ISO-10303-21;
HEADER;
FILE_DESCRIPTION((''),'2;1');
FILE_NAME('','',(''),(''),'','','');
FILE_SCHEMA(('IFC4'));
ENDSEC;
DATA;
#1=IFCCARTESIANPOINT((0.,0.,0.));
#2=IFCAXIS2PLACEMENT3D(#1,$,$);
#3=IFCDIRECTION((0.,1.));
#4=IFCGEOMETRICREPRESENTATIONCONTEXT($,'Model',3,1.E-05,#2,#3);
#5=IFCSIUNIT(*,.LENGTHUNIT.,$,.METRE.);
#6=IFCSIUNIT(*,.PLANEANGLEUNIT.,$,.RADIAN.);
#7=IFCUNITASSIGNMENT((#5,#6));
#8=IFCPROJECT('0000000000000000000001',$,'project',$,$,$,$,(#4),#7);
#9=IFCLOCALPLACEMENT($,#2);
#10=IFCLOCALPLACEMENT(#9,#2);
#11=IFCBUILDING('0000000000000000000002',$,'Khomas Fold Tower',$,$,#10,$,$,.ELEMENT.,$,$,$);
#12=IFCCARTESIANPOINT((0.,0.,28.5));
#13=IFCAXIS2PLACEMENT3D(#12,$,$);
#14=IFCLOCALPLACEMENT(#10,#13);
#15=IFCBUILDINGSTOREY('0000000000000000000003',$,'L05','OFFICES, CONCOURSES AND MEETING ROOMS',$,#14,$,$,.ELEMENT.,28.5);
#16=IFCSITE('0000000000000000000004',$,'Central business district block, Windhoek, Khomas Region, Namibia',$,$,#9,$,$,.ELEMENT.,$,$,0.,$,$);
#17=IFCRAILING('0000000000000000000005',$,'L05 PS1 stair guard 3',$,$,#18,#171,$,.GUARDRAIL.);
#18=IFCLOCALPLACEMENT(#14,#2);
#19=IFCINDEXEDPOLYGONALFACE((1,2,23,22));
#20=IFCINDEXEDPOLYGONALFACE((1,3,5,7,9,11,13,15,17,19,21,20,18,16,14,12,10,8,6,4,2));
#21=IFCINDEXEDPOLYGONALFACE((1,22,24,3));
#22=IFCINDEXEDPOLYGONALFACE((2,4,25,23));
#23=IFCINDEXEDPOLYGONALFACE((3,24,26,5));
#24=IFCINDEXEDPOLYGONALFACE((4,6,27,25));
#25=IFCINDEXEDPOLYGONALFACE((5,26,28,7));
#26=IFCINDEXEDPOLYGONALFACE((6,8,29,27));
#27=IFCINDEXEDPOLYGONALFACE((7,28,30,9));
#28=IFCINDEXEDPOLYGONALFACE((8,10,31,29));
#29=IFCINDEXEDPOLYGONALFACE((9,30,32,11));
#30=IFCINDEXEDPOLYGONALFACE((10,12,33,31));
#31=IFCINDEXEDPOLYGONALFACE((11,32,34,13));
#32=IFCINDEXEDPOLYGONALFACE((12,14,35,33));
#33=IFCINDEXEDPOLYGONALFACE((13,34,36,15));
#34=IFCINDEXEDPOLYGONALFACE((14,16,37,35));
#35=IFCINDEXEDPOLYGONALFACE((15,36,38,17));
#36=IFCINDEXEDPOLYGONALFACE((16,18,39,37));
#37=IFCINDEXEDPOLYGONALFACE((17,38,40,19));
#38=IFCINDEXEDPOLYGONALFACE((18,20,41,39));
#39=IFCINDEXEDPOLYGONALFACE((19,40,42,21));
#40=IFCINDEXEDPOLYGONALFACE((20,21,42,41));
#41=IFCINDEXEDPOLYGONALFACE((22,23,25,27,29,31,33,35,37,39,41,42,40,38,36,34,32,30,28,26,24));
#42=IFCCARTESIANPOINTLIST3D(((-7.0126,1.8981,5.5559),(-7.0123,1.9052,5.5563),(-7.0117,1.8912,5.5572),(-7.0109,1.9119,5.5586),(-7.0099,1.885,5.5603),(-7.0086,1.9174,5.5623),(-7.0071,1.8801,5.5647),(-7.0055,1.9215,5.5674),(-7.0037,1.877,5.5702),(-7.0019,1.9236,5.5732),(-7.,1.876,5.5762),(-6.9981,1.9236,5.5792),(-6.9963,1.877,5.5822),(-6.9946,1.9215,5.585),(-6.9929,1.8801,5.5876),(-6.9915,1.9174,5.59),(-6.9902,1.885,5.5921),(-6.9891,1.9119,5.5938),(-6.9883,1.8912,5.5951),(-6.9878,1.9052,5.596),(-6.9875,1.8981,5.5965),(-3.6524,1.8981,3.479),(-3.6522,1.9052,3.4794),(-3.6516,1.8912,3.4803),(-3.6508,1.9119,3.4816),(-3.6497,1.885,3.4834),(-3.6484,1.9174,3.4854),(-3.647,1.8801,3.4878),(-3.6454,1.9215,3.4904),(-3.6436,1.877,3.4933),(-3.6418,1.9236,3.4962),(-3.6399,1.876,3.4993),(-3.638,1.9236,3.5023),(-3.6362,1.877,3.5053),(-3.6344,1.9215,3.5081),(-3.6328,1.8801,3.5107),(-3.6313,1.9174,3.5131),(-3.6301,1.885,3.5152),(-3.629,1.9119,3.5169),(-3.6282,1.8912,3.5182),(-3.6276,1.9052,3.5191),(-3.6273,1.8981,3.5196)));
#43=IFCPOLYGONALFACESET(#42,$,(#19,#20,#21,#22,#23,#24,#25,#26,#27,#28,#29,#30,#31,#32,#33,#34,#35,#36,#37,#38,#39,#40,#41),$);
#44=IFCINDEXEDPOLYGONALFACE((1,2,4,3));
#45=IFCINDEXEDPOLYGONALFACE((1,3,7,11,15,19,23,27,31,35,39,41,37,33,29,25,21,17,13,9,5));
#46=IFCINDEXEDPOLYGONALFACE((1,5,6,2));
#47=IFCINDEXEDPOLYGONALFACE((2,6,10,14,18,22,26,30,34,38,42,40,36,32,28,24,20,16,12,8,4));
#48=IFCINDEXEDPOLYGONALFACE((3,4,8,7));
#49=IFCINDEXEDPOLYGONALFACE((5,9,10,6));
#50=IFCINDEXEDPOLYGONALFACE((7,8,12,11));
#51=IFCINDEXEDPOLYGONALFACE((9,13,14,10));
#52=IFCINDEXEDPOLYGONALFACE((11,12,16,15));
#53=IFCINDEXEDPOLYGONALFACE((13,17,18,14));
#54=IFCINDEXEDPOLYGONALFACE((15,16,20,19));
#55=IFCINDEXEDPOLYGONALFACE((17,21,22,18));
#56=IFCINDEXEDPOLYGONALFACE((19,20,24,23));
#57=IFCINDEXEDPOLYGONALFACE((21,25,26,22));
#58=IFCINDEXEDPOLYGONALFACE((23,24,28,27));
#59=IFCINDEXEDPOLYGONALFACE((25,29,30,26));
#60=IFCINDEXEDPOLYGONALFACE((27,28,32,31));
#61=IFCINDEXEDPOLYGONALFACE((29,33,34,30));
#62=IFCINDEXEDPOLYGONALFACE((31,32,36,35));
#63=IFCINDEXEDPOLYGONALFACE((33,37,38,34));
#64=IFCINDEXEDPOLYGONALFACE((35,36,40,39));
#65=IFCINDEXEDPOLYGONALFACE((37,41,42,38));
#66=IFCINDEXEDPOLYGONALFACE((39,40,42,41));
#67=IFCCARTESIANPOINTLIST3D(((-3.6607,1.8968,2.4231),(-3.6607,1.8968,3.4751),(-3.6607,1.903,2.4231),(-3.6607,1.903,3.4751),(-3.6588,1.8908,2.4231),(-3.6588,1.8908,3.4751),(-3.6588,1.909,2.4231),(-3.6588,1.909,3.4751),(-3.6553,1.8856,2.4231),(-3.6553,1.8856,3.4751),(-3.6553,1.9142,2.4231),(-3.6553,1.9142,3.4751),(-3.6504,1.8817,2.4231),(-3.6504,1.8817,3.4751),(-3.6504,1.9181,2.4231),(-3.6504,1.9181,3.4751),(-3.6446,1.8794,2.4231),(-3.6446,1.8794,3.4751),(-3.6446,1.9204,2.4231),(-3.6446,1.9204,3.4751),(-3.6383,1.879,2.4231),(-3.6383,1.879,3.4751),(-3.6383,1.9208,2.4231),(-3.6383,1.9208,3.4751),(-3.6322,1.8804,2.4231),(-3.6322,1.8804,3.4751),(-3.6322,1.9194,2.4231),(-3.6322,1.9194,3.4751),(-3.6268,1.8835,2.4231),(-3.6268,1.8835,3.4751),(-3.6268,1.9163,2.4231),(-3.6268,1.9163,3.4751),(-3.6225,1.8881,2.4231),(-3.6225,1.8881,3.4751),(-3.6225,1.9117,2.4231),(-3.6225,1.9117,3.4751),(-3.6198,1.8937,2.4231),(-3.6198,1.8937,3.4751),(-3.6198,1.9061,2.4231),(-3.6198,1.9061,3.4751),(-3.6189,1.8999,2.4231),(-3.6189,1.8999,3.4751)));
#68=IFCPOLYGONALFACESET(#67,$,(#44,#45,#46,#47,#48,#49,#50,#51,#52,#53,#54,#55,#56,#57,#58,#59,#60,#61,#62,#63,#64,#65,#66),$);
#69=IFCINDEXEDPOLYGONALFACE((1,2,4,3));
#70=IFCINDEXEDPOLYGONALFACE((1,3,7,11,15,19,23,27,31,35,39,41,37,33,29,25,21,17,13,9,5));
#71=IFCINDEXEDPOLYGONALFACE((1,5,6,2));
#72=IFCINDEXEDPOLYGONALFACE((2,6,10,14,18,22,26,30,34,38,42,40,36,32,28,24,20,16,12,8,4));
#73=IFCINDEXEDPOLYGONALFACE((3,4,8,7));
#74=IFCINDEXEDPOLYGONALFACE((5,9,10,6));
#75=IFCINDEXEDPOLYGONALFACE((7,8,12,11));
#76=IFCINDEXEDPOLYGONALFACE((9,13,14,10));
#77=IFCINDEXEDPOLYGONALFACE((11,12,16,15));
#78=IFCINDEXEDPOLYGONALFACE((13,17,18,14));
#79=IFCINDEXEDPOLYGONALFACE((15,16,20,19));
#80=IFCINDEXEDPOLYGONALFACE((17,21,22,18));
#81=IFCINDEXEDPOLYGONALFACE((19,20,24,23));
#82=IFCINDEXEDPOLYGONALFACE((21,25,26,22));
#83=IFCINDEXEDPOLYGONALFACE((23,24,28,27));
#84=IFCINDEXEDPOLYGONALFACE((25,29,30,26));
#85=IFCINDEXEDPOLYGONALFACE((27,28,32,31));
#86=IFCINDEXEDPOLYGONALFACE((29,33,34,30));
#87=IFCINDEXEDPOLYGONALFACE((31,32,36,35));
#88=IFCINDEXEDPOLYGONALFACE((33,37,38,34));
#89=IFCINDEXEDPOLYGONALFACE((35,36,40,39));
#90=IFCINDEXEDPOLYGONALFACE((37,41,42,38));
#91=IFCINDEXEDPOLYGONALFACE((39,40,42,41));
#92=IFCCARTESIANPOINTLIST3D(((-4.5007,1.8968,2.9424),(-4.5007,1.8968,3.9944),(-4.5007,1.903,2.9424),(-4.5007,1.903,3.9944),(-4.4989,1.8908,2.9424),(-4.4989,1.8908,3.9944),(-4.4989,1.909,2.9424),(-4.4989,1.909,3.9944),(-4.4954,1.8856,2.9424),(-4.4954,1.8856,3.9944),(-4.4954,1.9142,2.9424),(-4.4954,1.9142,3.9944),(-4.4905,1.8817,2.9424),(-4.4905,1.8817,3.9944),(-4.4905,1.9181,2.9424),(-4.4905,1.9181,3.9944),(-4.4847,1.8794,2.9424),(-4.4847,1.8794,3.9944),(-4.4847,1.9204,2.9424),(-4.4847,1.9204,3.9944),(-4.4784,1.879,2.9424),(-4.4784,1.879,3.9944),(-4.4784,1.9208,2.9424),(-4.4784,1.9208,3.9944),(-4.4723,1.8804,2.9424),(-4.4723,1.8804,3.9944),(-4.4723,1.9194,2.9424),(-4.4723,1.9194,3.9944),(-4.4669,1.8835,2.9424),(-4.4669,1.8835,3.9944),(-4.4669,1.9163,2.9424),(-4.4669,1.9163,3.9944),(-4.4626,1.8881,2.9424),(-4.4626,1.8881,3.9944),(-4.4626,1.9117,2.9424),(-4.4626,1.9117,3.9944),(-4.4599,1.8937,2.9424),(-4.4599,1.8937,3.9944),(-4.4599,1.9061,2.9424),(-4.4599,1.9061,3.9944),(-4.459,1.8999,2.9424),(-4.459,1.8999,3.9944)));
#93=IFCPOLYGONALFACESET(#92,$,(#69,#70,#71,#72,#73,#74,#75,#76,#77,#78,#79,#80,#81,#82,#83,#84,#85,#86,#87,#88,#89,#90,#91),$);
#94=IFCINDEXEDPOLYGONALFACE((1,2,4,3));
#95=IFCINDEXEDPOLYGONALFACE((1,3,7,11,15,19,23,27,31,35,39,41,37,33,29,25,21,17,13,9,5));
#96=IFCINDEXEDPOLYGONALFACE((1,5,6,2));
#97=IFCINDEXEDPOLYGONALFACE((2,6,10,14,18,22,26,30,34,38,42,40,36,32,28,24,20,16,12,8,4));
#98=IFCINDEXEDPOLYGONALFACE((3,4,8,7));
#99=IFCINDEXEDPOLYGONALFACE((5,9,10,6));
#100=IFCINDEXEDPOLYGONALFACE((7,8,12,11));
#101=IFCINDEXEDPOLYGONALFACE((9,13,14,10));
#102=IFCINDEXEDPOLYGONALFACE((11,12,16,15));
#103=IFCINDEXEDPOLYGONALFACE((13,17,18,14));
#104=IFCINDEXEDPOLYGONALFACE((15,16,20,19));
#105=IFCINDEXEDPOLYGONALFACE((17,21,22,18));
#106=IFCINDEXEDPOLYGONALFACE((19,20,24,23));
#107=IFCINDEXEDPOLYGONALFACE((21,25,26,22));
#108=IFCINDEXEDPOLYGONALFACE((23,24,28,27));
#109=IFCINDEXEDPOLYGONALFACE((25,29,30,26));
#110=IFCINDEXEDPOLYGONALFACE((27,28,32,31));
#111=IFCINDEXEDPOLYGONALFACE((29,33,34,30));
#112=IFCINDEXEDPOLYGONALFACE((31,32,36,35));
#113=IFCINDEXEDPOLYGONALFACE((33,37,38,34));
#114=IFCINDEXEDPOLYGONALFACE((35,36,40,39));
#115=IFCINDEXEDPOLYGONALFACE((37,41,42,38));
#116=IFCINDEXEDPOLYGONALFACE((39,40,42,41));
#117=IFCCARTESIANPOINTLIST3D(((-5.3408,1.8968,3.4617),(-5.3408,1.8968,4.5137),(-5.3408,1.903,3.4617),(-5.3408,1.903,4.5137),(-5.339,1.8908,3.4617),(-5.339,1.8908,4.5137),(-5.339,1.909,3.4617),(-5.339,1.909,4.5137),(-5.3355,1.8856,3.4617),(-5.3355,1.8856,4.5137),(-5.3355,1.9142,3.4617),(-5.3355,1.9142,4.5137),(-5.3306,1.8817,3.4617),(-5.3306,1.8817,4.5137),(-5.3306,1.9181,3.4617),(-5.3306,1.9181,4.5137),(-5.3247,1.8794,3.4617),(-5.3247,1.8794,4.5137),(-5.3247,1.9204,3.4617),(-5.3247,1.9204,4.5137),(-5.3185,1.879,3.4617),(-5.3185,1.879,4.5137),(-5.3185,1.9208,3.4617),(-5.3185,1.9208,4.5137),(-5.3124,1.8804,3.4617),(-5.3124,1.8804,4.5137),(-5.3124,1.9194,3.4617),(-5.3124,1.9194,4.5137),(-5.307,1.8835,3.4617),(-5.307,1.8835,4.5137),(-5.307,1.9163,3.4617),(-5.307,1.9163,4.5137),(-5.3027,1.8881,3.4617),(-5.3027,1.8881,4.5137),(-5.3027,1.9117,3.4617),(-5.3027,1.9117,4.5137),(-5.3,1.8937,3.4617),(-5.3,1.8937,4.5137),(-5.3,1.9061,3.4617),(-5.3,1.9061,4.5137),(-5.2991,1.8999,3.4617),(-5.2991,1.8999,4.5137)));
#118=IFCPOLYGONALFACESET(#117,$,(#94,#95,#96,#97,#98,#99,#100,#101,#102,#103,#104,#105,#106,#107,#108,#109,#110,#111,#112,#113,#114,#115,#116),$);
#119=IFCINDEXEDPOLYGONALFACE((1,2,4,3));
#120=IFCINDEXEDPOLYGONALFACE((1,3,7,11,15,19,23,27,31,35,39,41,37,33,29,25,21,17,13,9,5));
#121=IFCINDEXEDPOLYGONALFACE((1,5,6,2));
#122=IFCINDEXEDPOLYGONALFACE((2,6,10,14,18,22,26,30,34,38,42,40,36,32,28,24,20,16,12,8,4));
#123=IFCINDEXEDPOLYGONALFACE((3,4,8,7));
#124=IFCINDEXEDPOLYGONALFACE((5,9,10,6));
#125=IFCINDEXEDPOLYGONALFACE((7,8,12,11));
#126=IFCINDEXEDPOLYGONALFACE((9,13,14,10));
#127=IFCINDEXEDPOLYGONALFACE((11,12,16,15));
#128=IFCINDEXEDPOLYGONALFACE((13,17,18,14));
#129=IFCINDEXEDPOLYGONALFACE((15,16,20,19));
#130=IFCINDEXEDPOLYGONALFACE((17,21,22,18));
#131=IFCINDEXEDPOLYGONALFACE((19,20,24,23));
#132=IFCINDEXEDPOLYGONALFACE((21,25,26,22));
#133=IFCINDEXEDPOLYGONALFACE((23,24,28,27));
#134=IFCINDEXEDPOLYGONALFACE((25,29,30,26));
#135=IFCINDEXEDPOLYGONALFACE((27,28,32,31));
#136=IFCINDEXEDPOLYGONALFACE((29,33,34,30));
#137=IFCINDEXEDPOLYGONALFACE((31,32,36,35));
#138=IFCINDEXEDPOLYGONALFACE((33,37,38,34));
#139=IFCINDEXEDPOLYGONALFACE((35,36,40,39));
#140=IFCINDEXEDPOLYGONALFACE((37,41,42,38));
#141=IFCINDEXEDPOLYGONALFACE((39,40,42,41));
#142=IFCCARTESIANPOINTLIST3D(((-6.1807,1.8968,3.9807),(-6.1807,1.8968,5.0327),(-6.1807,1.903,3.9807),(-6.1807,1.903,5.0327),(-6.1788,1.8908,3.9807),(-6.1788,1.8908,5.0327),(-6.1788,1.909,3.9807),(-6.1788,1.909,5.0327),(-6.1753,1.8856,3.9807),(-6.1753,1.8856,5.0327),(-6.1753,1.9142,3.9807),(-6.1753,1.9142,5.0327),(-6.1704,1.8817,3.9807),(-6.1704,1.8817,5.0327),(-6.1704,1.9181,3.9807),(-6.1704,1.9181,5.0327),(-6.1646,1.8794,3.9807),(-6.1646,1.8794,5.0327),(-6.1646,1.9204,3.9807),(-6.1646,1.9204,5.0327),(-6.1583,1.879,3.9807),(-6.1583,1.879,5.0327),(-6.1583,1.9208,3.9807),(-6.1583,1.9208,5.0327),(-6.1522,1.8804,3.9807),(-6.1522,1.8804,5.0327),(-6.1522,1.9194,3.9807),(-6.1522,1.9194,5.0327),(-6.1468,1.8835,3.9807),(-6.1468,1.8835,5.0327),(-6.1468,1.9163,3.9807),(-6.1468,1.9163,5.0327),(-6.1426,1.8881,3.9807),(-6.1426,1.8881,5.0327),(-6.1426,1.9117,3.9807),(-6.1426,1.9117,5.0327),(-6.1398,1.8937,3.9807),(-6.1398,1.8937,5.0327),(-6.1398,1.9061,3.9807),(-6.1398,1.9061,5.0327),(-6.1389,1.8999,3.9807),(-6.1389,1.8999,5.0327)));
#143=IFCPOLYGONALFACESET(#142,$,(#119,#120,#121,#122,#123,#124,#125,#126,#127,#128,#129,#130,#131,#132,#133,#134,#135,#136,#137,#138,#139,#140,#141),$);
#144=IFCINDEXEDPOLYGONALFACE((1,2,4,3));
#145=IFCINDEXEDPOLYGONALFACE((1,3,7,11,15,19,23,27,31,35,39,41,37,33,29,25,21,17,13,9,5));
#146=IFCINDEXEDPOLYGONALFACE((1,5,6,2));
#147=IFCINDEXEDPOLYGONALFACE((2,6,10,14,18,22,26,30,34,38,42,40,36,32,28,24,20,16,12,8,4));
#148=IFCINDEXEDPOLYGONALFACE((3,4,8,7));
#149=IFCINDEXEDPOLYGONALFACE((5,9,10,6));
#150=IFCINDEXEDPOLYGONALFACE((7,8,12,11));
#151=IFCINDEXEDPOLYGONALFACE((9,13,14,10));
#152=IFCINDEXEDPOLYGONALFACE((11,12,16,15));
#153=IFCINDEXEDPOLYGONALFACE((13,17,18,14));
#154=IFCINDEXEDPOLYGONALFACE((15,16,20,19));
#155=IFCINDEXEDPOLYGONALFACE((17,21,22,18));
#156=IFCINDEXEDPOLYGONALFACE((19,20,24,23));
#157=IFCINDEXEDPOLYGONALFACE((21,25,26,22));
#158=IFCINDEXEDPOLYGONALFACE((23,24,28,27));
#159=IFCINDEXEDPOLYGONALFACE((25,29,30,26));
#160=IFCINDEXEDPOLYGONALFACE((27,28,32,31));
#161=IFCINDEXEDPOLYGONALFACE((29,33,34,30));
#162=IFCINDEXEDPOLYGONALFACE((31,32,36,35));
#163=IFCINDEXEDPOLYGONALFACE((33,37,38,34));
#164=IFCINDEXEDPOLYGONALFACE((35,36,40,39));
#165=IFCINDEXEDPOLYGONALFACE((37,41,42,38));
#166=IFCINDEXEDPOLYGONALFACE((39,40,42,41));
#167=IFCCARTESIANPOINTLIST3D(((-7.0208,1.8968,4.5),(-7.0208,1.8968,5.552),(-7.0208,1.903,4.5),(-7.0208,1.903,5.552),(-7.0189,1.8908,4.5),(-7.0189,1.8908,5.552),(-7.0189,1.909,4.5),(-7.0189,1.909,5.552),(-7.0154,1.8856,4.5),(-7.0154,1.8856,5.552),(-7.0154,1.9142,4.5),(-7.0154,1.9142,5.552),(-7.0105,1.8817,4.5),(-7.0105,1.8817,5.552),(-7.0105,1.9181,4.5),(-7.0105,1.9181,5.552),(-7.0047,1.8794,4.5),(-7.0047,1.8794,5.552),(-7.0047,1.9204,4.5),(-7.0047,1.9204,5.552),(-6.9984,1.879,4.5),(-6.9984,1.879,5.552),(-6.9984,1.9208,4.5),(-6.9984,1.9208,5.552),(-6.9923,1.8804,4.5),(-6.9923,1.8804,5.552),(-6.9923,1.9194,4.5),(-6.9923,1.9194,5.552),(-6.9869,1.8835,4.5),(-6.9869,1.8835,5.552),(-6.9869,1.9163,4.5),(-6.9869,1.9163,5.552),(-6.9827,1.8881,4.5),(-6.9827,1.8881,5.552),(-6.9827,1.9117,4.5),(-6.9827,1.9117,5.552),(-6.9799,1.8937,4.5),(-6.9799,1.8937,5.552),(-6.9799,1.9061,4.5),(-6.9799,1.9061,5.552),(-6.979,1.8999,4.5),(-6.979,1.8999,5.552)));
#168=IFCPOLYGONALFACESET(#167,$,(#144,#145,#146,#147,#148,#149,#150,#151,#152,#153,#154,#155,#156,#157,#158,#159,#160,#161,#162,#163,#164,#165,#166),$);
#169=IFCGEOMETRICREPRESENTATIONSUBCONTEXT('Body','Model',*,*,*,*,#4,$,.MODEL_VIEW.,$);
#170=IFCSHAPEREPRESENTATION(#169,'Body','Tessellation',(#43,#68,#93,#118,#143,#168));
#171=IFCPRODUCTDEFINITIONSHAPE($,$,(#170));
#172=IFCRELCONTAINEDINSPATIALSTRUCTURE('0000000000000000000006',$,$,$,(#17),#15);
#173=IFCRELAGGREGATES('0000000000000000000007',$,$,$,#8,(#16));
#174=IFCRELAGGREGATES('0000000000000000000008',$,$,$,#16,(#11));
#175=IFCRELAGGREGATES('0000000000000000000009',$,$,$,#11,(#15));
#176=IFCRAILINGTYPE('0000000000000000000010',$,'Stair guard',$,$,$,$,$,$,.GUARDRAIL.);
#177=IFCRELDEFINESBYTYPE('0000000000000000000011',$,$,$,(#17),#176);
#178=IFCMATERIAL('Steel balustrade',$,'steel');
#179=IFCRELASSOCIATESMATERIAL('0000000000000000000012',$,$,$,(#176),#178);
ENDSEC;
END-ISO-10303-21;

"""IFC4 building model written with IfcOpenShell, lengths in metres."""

from ifc_helpers import new_model, si_unit, direction, frame, origin, origin_2d, place, context, subcontext, project, spatial, circle, extrude, source, transform, mapped, material, type_object, element, save


model = new_model("IFC4")

# Units and contexts
model_context = context("Model", 3, precision=1e-05, world=origin(), true_north=direction((0.0, 1.0)))
body_context = subcontext(model_context, "Body", "Model", "MODEL_VIEW")
ifc_project = project(units=[si_unit("LENGTHUNIT", "METRE"), si_unit("PLANEANGLEUNIT", "RADIAN")], contexts=[model_context])

# Site, building, storey
site_placement = place(None, origin())
site = spatial("IfcSite", under=ifc_project, at=site_placement, Name="Central business district block, Windhoek, Khomas Region, Namibia", CompositionType="ELEMENT", RefElevation=0.0)
building_placement = place(site_placement, origin())
building = spatial("IfcBuilding", under=site, at=building_placement, Name="Khomas Fold Tower", CompositionType="ELEMENT")
storey_placement = place(building_placement, frame((0.0, 0.0, 28.5)))
storey = spatial("IfcBuildingStorey", under=building, at=storey_placement, Name="L05", Description="OFFICES, CONCOURSES AND MEETING ROOMS", CompositionType="ELEMENT", Elevation=28.5)

# Railing
ifc_material_1 = material(Name="Steel balustrade", Category="steel")
railing_type_1 = type_object("IfcRailingType", Name="Stair guard", PredefinedType="GUARDRAIL", material=ifc_material_1)
shared_shape_1 = source(origin(), body_context, "Body", "SweptSolid", [
    extrude(circle(Radius=0.0239, at=origin_2d()), frame((0.0, 0.0, 1.0762), z_axis=(-0.850623, 0.0, 0.525776), x_axis=(0.0, -1.0, 0.0)), (0.0, 0.0, 1.0), 3.9502),
    extrude(circle(Radius=0.021, at=origin_2d()), origin(), (0.0, 0.0, 1.0), 1.052),
    extrude(circle(Radius=0.021, at=origin_2d()), frame((-0.8401, 0.0, 0.5193)), (0.0, 0.0, 1.0), 1.052),
    extrude(circle(Radius=0.021, at=origin_2d()), frame((-1.6802, 0.0, 1.0386)), (0.0, 0.0, 1.0), 1.052),
    extrude(circle(Radius=0.021, at=origin_2d()), frame((-2.52, 0.0, 1.5576)), (0.0, 0.0, 1.0), 1.052),
    extrude(circle(Radius=0.021, at=origin_2d()), frame((-3.3601, 0.0, 2.0769)), (0.0, 0.0, 1.0), 1.052),
])
railing_1_placement = place(storey_placement, frame((-3.6399, 1.8999, 2.4231)))
element("IfcRailing", 1, at=railing_1_placement, inside=storey, type_object=railing_type_1, Name="L05 PS1 stair guard 3", PredefinedType="GUARDRAIL", context=body_context, shape_type="MappedRepresentation", body=[
    mapped(shared_shape_1, transform((0.0, 0.0, 0.0))),
])

save(model, "model.ifc")
